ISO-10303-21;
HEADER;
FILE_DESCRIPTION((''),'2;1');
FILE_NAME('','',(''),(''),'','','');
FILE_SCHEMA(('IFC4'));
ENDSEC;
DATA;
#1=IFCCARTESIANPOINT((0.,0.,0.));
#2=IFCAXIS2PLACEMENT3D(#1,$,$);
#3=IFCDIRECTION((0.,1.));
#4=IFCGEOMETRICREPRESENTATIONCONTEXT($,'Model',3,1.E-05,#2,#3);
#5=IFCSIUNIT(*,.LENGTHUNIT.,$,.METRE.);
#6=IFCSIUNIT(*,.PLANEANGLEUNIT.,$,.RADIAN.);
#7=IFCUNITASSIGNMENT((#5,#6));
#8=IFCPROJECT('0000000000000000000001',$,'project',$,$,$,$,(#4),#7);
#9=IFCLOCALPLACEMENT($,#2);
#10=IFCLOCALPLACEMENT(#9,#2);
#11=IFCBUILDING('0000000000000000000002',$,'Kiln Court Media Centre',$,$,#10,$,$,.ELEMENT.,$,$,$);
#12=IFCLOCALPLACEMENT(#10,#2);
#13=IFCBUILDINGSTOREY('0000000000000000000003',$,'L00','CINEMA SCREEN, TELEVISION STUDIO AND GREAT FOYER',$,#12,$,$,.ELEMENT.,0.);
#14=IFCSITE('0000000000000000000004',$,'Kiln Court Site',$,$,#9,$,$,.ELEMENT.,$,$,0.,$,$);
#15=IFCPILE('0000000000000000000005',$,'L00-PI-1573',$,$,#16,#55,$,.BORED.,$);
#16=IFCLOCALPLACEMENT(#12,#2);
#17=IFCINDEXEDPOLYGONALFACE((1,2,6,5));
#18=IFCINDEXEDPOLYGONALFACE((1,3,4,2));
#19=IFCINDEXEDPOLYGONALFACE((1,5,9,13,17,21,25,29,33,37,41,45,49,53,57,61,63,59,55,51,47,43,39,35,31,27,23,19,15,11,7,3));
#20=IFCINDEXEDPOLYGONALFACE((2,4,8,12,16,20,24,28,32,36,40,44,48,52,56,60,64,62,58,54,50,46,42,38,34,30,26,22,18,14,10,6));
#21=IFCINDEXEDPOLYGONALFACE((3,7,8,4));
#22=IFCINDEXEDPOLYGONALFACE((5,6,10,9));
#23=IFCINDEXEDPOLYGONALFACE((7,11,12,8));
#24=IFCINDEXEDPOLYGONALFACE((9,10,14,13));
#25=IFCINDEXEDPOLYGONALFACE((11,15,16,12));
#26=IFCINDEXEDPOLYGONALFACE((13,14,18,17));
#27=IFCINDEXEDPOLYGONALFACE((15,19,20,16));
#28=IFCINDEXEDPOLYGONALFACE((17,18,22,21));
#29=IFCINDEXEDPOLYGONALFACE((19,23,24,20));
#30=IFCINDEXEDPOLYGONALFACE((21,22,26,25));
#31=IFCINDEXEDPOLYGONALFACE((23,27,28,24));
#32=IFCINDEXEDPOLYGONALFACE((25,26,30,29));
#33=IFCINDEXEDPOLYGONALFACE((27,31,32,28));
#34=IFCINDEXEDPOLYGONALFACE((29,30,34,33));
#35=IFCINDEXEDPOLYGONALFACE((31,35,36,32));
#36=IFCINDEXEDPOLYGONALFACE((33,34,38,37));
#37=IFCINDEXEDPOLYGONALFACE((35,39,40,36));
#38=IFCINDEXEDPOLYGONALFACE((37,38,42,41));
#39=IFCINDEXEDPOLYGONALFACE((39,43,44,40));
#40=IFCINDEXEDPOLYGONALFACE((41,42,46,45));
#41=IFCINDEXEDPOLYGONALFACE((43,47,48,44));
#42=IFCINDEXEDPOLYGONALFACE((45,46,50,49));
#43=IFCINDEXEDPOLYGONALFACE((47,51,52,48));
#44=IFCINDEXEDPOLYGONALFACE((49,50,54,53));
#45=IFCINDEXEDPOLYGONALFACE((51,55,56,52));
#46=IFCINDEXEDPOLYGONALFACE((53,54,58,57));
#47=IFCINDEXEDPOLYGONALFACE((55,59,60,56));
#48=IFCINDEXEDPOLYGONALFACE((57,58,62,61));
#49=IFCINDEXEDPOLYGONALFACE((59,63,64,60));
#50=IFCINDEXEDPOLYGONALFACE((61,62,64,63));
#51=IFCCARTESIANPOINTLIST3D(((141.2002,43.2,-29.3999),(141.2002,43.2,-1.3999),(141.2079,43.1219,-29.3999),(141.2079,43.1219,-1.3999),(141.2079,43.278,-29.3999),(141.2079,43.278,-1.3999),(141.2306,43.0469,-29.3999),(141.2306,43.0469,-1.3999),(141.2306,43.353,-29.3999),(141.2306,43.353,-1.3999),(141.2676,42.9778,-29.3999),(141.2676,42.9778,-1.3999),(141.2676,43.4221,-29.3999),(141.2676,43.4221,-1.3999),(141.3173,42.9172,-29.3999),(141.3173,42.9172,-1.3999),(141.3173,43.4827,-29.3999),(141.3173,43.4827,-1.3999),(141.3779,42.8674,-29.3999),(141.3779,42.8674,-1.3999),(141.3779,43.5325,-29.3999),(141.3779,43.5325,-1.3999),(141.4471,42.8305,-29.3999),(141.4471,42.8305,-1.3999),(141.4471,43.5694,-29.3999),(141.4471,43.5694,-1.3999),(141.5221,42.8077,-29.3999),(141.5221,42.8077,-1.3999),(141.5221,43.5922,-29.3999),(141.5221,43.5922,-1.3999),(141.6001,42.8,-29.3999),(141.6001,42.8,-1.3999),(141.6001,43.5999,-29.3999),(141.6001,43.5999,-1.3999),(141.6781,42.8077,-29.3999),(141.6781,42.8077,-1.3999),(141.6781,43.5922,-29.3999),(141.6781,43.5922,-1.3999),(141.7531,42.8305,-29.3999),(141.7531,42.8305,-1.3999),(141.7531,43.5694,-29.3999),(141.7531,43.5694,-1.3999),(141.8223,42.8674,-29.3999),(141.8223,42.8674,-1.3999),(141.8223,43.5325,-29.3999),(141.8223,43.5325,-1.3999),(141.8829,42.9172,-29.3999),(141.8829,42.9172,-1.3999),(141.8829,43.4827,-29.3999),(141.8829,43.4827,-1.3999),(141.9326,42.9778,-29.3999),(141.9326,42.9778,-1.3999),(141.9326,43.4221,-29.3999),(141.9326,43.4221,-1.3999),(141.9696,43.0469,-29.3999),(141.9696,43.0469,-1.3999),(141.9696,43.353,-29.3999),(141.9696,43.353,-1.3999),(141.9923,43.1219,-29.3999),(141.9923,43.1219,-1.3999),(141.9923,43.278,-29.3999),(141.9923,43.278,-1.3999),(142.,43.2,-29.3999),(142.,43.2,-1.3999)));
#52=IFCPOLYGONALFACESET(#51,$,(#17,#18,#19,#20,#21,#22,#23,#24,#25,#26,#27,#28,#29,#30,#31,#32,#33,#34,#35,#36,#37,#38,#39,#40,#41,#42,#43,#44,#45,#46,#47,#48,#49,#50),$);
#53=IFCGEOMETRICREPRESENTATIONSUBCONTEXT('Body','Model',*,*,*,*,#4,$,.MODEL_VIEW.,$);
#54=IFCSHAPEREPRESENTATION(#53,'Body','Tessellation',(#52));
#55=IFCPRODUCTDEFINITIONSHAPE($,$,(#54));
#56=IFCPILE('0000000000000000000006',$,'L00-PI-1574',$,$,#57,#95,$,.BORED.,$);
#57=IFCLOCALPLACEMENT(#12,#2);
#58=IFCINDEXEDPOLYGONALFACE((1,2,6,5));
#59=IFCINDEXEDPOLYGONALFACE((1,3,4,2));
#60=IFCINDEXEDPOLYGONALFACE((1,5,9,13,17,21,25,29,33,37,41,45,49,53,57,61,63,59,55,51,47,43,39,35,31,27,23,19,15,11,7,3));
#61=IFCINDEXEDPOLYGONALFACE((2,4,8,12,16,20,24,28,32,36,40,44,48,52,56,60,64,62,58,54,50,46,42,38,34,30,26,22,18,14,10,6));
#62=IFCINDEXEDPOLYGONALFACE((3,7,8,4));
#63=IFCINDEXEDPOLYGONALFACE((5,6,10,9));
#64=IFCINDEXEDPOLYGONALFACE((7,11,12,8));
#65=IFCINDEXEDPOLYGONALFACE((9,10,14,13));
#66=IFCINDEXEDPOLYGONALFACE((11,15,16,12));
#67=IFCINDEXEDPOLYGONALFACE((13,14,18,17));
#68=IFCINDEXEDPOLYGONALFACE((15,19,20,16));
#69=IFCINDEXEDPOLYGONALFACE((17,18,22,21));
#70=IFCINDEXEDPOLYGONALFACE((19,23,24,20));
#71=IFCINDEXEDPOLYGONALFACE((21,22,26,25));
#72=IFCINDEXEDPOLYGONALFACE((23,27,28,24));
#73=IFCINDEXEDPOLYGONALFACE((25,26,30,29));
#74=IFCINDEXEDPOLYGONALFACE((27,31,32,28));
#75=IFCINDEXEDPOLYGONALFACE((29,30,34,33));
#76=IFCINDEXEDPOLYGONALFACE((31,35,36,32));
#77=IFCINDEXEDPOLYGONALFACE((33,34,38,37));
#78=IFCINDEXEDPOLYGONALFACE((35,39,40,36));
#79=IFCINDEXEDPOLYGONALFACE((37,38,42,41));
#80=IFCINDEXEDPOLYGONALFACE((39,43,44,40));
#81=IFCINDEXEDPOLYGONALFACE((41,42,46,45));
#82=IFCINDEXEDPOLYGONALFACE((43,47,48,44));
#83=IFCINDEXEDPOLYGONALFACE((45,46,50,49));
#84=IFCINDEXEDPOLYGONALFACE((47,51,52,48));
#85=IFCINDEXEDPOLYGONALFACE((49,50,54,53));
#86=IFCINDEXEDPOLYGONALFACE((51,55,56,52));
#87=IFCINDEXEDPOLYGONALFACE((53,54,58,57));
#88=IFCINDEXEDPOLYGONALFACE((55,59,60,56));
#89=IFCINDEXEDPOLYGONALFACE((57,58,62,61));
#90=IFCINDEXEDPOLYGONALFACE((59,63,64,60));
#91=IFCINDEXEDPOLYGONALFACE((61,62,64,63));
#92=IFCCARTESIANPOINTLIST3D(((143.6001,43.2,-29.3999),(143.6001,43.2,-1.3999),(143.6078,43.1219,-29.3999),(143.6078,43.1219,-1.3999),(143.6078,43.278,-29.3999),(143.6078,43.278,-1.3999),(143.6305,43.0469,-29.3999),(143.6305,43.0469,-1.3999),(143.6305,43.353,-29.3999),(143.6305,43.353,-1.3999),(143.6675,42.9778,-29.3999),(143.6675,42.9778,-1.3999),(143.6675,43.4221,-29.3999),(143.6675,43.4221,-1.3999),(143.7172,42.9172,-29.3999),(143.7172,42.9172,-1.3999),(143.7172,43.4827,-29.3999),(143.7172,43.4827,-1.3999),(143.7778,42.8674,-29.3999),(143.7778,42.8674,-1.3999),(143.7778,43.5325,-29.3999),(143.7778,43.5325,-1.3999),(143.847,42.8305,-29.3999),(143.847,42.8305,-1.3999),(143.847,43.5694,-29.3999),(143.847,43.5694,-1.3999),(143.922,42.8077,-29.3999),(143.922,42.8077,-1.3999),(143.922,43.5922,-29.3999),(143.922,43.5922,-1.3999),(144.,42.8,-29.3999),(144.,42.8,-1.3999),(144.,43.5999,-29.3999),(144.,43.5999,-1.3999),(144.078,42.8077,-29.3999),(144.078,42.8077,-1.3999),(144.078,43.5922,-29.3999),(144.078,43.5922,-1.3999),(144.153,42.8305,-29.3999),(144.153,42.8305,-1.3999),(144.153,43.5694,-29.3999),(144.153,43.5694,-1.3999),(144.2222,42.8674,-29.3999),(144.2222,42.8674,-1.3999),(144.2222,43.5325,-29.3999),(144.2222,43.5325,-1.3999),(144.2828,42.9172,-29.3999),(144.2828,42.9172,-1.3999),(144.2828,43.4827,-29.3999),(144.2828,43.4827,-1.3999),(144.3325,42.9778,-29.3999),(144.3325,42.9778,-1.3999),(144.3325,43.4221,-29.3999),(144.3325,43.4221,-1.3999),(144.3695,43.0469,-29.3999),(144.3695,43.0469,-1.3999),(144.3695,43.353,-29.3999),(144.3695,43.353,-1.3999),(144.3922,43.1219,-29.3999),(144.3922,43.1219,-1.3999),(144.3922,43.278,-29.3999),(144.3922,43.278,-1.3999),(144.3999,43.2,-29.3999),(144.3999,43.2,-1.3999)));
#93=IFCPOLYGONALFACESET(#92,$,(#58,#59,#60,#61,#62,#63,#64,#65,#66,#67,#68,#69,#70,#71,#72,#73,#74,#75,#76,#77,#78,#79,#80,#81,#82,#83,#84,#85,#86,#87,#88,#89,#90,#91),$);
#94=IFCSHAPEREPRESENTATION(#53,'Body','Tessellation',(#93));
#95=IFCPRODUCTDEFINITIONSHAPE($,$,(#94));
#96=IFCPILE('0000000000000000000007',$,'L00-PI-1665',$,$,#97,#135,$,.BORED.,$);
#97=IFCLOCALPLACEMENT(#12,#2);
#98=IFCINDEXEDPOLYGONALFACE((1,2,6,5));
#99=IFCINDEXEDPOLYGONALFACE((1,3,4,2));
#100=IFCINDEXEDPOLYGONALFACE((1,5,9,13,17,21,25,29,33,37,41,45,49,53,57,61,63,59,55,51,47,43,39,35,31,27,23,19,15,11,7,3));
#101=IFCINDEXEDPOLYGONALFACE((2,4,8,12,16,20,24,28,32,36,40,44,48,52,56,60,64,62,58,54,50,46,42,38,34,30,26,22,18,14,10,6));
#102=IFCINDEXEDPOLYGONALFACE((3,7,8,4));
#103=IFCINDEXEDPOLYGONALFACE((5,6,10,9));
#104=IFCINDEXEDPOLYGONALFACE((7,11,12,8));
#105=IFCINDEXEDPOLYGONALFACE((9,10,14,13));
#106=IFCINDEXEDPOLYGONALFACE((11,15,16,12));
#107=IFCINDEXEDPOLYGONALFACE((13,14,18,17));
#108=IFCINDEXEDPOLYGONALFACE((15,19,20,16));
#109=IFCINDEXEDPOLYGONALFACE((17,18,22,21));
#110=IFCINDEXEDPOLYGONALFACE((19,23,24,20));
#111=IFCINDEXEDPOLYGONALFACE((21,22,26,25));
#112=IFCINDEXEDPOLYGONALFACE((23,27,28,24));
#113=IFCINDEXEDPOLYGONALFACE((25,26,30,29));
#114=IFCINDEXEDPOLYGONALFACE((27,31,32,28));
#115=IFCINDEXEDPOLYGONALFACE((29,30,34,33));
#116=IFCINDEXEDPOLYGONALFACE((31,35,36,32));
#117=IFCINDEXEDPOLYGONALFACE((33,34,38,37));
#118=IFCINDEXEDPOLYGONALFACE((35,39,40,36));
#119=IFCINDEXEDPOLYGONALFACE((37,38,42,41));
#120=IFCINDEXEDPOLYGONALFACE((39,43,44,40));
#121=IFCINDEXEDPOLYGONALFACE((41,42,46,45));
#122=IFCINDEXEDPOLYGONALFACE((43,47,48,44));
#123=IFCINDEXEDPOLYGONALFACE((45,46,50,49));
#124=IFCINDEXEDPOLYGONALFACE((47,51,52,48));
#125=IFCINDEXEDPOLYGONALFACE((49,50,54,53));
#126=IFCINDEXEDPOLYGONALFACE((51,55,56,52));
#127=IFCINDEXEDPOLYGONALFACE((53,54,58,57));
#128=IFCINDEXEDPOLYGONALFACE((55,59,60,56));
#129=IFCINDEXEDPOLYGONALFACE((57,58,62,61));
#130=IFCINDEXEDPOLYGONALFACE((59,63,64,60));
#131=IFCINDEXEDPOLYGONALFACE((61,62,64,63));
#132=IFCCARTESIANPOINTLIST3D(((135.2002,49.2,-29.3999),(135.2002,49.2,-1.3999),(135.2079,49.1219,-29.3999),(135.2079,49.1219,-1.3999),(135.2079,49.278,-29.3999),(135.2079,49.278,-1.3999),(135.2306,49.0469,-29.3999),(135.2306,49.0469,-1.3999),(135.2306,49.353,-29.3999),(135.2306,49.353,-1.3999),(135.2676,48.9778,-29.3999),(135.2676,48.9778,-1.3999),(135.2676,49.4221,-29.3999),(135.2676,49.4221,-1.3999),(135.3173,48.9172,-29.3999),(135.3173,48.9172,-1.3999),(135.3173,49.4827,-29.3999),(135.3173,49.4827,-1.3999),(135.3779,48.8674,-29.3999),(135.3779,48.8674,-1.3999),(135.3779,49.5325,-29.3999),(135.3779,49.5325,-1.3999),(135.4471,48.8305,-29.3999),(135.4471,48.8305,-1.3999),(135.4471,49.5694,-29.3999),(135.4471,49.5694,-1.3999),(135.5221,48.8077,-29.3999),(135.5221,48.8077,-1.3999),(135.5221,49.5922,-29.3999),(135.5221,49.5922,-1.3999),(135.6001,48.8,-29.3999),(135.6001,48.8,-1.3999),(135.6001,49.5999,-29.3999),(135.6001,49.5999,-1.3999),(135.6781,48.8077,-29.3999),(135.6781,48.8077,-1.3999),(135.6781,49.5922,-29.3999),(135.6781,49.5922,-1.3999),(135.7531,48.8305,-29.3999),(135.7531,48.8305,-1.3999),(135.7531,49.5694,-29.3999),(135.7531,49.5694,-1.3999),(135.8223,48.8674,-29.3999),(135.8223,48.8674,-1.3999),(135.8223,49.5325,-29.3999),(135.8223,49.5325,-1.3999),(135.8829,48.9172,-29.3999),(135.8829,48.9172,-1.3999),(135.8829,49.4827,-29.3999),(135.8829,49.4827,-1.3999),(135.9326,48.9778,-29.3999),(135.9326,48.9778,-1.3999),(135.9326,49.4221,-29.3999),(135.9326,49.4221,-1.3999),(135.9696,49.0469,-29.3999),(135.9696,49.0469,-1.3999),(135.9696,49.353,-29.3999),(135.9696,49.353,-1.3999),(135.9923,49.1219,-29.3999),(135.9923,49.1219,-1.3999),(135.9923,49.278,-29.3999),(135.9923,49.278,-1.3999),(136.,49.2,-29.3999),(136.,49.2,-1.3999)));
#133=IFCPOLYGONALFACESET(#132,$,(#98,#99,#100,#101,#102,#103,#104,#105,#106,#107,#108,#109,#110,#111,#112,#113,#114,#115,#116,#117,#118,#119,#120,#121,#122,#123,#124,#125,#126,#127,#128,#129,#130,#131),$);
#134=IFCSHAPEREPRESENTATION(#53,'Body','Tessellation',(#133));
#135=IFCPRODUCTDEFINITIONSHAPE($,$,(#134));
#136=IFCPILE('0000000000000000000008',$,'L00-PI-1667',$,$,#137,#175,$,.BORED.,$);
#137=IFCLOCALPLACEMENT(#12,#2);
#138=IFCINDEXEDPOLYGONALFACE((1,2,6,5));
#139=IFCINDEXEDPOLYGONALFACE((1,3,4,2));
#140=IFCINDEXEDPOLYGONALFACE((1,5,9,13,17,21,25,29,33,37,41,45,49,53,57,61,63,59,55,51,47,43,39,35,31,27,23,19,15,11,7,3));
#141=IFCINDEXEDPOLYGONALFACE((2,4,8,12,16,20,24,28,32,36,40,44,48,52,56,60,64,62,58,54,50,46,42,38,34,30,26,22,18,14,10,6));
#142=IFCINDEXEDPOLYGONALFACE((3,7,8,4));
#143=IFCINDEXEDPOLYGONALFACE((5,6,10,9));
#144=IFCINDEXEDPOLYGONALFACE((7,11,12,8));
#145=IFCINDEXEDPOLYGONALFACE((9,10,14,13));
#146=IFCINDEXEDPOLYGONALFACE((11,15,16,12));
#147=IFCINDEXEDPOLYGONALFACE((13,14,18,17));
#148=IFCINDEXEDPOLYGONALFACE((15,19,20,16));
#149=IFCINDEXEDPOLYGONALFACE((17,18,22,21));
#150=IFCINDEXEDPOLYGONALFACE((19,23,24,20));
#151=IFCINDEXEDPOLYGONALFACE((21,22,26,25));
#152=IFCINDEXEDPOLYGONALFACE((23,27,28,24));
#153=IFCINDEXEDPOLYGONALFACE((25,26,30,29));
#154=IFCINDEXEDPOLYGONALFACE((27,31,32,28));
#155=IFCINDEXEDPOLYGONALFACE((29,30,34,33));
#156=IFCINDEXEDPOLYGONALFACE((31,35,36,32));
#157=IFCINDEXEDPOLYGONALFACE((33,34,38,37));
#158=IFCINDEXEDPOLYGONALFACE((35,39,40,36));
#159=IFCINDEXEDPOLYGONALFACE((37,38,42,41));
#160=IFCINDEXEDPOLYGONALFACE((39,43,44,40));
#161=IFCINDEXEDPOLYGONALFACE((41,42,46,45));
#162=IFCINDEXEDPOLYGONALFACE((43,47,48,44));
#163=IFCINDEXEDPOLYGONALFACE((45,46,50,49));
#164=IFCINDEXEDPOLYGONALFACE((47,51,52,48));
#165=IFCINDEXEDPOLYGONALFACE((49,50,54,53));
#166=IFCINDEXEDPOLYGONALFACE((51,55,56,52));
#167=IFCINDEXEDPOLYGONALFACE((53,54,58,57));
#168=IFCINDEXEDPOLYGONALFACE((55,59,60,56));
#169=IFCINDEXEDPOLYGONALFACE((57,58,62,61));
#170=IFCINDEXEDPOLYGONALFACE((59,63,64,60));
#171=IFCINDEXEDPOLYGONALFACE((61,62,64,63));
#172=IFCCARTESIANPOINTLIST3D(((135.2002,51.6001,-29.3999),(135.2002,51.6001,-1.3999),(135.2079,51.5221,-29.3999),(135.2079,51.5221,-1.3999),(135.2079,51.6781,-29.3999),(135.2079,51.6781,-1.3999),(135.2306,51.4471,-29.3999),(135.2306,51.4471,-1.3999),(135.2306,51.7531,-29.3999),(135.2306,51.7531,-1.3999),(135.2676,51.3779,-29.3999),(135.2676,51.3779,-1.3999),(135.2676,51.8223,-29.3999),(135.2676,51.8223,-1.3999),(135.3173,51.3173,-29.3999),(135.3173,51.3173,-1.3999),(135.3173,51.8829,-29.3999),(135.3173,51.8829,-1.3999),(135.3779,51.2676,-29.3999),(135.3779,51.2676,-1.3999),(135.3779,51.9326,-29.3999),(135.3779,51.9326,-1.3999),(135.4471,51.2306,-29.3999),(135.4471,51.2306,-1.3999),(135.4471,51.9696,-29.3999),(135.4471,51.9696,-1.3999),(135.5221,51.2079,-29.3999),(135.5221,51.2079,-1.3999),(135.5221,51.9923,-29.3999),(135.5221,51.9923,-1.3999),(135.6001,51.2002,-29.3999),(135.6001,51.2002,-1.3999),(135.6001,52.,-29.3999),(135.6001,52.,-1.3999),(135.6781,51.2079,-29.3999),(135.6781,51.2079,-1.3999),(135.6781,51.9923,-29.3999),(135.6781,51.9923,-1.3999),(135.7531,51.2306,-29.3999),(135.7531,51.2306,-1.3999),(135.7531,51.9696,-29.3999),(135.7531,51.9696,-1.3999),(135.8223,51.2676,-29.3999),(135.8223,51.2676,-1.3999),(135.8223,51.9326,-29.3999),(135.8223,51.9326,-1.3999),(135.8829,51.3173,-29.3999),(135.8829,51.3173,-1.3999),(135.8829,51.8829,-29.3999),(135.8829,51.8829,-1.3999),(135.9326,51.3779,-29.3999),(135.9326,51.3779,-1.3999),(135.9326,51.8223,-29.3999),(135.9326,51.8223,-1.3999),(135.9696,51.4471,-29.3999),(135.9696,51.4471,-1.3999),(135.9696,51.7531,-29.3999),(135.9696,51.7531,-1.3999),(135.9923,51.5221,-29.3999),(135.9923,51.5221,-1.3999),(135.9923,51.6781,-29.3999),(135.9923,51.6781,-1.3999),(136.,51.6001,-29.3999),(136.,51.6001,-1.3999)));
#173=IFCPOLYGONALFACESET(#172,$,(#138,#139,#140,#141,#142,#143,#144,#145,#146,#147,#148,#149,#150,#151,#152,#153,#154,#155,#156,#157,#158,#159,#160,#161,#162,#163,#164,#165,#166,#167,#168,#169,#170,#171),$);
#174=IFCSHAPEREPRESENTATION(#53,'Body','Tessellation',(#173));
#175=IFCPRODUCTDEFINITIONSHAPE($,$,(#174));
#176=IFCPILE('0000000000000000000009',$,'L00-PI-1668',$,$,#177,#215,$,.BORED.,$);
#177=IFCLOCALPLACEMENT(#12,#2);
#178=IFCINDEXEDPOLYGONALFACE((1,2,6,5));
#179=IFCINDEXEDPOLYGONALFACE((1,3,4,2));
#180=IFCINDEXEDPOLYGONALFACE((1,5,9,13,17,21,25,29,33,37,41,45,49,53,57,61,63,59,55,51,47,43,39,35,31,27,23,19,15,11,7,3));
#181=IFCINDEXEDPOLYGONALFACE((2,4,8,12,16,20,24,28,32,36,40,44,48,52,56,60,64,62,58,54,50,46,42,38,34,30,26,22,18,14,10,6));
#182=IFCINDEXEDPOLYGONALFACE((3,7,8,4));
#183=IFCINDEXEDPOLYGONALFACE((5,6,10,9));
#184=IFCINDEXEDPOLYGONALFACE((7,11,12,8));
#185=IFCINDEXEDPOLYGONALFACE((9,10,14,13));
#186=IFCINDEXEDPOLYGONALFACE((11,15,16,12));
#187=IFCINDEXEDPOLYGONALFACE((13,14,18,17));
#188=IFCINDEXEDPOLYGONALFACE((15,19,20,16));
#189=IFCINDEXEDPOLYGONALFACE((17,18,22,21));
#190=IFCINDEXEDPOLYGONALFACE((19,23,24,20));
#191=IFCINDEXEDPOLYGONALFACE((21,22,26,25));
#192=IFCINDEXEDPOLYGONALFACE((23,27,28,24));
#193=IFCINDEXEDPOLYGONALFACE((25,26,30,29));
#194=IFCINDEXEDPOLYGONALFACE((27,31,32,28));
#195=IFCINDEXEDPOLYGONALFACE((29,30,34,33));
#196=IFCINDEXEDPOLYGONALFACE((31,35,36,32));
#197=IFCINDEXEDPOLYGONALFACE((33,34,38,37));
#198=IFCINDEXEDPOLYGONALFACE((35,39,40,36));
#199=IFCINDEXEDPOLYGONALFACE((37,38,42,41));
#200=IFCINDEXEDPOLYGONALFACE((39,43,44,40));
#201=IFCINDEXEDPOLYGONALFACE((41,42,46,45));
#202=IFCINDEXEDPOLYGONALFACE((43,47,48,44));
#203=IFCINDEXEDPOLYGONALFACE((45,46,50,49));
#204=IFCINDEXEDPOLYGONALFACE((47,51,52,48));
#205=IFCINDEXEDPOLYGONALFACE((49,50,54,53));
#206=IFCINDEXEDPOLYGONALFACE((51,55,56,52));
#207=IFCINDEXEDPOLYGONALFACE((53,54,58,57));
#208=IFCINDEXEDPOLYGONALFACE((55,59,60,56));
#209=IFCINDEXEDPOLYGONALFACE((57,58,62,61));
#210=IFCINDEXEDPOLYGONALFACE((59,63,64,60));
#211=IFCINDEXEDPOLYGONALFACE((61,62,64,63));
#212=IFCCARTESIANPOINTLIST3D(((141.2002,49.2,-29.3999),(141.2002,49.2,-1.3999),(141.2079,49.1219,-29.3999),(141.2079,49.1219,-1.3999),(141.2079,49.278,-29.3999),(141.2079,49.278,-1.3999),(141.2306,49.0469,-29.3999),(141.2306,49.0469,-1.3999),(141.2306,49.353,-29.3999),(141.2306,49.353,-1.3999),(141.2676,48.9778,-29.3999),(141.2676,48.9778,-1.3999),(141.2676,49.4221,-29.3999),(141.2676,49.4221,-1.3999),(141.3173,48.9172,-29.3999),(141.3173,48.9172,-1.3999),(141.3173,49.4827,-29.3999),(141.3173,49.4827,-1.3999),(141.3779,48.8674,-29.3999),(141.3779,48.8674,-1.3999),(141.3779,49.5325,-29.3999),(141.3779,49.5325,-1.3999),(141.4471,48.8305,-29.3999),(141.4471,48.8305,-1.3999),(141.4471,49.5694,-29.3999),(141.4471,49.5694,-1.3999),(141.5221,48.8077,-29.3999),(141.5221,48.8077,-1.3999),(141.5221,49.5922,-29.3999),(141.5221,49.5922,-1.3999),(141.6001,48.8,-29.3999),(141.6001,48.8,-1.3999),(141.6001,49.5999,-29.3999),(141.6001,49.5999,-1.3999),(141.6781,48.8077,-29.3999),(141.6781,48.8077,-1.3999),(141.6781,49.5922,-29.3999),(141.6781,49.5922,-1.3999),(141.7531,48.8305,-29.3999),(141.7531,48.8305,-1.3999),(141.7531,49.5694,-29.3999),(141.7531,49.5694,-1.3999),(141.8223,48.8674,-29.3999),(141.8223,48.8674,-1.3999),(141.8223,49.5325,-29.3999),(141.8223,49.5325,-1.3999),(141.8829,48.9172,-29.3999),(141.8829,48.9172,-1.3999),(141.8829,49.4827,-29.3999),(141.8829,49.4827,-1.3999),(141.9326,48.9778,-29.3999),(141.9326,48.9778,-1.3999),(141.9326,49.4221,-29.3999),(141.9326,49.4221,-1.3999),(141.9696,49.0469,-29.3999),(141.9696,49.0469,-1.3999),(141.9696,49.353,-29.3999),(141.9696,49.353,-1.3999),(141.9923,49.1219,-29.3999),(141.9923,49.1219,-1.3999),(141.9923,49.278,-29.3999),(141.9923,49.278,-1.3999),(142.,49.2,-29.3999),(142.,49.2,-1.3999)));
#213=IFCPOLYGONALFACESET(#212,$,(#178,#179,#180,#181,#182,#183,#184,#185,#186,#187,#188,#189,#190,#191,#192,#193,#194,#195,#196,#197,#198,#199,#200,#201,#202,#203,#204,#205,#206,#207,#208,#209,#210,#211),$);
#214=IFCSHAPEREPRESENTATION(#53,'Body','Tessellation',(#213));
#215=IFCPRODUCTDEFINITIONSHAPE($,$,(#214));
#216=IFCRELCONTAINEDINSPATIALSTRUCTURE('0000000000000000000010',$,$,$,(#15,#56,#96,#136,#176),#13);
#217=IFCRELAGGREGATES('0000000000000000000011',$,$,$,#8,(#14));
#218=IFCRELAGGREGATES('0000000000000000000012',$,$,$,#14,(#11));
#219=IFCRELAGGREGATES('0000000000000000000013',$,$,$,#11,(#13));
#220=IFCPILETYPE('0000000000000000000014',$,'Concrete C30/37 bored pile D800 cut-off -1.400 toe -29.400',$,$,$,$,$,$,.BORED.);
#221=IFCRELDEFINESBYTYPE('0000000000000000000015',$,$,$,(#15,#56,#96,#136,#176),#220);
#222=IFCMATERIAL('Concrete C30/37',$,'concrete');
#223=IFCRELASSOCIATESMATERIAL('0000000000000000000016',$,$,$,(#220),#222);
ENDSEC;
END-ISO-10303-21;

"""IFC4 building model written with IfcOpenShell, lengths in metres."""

from ifc_helpers import new_model, si_unit, direction, frame, origin, origin_2d, place, context, subcontext, project, spatial, circle, extrude, material, material_profile, profile_set, type_object, element, save


model = new_model("IFC4")

# Units and contexts
model_context = context("Model", 3, precision=1e-05, world=origin(), true_north=direction((0.0, 1.0)))
body_context = subcontext(model_context, "Body", "Model", "MODEL_VIEW")
ifc_project = project(units=[si_unit("LENGTHUNIT", "METRE"), si_unit("PLANEANGLEUNIT", "RADIAN")], contexts=[model_context])

# Site, building, storey
site_placement = place(None, origin())
site = spatial("IfcSite", under=ifc_project, at=site_placement, Name="Kiln Court Site", CompositionType="ELEMENT", RefElevation=0.0)
building_placement = place(site_placement, origin())
building = spatial("IfcBuilding", under=site, at=building_placement, Name="Kiln Court Media Centre", CompositionType="ELEMENT")
storey_placement = place(building_placement, origin())
storey = spatial("IfcBuildingStorey", under=building, at=storey_placement, Name="L00", Description="CINEMA SCREEN, TELEVISION STUDIO AND GREAT FOYER", CompositionType="ELEMENT", Elevation=0.0)

# Piles
ifc_material_1 = material(Name="Concrete C30/37", Category="concrete")
ifc_material_profile_1 = material_profile(ifc_material_1, circle(Radius=0.3999, at=origin_2d()), Name="PILE D800")
ifc_profile_set_1 = profile_set([ifc_material_profile_1], Name="Concrete C30/37")
pile_type = type_object("IfcPileType", Name="Concrete C30/37 bored pile D800 cut-off -1.400 toe -29.400", PredefinedType="BORED", material=ifc_profile_set_1)
for number, where, z_axis, x_axis, name in (
    (1, (141.6001, 43.2, -1.3999), (0.0, 0.0, -1.0), (1.0, 0.0, 0.0), "L00-PI-1573"),
    (2, (144.0, 43.2, -1.3999), (0.0, 0.0, -1.0), (1.0, 0.0, 0.0), "L00-PI-1574"),
    (3, (135.6001, 49.2, -1.3999), (0.0, 0.0, -1.0), (1.0, 0.0, 0.0), "L00-PI-1665"),
    (4, (135.6001, 51.6001, -1.3999), (0.0, 0.0, -1.0), (1.0, 0.0, 0.0), "L00-PI-1667"),
    (5, (141.6001, 49.2, -1.3999), (0.0, 0.0, -1.0), (1.0, 0.0, 0.0), "L00-PI-1668"),
):
    element("IfcPile", number, at=place(storey_placement, frame(where, z_axis=z_axis, x_axis=x_axis)), inside=storey, type_object=pile_type, Name=name, PredefinedType="BORED", context=body_context, shape_type="SweptSolid", body=[
        extrude(circle(Radius=0.3999, at=origin_2d()), origin(), (0.0, 0.0, 1.0), 28.0),
    ])

save(model, "model.ifc")
